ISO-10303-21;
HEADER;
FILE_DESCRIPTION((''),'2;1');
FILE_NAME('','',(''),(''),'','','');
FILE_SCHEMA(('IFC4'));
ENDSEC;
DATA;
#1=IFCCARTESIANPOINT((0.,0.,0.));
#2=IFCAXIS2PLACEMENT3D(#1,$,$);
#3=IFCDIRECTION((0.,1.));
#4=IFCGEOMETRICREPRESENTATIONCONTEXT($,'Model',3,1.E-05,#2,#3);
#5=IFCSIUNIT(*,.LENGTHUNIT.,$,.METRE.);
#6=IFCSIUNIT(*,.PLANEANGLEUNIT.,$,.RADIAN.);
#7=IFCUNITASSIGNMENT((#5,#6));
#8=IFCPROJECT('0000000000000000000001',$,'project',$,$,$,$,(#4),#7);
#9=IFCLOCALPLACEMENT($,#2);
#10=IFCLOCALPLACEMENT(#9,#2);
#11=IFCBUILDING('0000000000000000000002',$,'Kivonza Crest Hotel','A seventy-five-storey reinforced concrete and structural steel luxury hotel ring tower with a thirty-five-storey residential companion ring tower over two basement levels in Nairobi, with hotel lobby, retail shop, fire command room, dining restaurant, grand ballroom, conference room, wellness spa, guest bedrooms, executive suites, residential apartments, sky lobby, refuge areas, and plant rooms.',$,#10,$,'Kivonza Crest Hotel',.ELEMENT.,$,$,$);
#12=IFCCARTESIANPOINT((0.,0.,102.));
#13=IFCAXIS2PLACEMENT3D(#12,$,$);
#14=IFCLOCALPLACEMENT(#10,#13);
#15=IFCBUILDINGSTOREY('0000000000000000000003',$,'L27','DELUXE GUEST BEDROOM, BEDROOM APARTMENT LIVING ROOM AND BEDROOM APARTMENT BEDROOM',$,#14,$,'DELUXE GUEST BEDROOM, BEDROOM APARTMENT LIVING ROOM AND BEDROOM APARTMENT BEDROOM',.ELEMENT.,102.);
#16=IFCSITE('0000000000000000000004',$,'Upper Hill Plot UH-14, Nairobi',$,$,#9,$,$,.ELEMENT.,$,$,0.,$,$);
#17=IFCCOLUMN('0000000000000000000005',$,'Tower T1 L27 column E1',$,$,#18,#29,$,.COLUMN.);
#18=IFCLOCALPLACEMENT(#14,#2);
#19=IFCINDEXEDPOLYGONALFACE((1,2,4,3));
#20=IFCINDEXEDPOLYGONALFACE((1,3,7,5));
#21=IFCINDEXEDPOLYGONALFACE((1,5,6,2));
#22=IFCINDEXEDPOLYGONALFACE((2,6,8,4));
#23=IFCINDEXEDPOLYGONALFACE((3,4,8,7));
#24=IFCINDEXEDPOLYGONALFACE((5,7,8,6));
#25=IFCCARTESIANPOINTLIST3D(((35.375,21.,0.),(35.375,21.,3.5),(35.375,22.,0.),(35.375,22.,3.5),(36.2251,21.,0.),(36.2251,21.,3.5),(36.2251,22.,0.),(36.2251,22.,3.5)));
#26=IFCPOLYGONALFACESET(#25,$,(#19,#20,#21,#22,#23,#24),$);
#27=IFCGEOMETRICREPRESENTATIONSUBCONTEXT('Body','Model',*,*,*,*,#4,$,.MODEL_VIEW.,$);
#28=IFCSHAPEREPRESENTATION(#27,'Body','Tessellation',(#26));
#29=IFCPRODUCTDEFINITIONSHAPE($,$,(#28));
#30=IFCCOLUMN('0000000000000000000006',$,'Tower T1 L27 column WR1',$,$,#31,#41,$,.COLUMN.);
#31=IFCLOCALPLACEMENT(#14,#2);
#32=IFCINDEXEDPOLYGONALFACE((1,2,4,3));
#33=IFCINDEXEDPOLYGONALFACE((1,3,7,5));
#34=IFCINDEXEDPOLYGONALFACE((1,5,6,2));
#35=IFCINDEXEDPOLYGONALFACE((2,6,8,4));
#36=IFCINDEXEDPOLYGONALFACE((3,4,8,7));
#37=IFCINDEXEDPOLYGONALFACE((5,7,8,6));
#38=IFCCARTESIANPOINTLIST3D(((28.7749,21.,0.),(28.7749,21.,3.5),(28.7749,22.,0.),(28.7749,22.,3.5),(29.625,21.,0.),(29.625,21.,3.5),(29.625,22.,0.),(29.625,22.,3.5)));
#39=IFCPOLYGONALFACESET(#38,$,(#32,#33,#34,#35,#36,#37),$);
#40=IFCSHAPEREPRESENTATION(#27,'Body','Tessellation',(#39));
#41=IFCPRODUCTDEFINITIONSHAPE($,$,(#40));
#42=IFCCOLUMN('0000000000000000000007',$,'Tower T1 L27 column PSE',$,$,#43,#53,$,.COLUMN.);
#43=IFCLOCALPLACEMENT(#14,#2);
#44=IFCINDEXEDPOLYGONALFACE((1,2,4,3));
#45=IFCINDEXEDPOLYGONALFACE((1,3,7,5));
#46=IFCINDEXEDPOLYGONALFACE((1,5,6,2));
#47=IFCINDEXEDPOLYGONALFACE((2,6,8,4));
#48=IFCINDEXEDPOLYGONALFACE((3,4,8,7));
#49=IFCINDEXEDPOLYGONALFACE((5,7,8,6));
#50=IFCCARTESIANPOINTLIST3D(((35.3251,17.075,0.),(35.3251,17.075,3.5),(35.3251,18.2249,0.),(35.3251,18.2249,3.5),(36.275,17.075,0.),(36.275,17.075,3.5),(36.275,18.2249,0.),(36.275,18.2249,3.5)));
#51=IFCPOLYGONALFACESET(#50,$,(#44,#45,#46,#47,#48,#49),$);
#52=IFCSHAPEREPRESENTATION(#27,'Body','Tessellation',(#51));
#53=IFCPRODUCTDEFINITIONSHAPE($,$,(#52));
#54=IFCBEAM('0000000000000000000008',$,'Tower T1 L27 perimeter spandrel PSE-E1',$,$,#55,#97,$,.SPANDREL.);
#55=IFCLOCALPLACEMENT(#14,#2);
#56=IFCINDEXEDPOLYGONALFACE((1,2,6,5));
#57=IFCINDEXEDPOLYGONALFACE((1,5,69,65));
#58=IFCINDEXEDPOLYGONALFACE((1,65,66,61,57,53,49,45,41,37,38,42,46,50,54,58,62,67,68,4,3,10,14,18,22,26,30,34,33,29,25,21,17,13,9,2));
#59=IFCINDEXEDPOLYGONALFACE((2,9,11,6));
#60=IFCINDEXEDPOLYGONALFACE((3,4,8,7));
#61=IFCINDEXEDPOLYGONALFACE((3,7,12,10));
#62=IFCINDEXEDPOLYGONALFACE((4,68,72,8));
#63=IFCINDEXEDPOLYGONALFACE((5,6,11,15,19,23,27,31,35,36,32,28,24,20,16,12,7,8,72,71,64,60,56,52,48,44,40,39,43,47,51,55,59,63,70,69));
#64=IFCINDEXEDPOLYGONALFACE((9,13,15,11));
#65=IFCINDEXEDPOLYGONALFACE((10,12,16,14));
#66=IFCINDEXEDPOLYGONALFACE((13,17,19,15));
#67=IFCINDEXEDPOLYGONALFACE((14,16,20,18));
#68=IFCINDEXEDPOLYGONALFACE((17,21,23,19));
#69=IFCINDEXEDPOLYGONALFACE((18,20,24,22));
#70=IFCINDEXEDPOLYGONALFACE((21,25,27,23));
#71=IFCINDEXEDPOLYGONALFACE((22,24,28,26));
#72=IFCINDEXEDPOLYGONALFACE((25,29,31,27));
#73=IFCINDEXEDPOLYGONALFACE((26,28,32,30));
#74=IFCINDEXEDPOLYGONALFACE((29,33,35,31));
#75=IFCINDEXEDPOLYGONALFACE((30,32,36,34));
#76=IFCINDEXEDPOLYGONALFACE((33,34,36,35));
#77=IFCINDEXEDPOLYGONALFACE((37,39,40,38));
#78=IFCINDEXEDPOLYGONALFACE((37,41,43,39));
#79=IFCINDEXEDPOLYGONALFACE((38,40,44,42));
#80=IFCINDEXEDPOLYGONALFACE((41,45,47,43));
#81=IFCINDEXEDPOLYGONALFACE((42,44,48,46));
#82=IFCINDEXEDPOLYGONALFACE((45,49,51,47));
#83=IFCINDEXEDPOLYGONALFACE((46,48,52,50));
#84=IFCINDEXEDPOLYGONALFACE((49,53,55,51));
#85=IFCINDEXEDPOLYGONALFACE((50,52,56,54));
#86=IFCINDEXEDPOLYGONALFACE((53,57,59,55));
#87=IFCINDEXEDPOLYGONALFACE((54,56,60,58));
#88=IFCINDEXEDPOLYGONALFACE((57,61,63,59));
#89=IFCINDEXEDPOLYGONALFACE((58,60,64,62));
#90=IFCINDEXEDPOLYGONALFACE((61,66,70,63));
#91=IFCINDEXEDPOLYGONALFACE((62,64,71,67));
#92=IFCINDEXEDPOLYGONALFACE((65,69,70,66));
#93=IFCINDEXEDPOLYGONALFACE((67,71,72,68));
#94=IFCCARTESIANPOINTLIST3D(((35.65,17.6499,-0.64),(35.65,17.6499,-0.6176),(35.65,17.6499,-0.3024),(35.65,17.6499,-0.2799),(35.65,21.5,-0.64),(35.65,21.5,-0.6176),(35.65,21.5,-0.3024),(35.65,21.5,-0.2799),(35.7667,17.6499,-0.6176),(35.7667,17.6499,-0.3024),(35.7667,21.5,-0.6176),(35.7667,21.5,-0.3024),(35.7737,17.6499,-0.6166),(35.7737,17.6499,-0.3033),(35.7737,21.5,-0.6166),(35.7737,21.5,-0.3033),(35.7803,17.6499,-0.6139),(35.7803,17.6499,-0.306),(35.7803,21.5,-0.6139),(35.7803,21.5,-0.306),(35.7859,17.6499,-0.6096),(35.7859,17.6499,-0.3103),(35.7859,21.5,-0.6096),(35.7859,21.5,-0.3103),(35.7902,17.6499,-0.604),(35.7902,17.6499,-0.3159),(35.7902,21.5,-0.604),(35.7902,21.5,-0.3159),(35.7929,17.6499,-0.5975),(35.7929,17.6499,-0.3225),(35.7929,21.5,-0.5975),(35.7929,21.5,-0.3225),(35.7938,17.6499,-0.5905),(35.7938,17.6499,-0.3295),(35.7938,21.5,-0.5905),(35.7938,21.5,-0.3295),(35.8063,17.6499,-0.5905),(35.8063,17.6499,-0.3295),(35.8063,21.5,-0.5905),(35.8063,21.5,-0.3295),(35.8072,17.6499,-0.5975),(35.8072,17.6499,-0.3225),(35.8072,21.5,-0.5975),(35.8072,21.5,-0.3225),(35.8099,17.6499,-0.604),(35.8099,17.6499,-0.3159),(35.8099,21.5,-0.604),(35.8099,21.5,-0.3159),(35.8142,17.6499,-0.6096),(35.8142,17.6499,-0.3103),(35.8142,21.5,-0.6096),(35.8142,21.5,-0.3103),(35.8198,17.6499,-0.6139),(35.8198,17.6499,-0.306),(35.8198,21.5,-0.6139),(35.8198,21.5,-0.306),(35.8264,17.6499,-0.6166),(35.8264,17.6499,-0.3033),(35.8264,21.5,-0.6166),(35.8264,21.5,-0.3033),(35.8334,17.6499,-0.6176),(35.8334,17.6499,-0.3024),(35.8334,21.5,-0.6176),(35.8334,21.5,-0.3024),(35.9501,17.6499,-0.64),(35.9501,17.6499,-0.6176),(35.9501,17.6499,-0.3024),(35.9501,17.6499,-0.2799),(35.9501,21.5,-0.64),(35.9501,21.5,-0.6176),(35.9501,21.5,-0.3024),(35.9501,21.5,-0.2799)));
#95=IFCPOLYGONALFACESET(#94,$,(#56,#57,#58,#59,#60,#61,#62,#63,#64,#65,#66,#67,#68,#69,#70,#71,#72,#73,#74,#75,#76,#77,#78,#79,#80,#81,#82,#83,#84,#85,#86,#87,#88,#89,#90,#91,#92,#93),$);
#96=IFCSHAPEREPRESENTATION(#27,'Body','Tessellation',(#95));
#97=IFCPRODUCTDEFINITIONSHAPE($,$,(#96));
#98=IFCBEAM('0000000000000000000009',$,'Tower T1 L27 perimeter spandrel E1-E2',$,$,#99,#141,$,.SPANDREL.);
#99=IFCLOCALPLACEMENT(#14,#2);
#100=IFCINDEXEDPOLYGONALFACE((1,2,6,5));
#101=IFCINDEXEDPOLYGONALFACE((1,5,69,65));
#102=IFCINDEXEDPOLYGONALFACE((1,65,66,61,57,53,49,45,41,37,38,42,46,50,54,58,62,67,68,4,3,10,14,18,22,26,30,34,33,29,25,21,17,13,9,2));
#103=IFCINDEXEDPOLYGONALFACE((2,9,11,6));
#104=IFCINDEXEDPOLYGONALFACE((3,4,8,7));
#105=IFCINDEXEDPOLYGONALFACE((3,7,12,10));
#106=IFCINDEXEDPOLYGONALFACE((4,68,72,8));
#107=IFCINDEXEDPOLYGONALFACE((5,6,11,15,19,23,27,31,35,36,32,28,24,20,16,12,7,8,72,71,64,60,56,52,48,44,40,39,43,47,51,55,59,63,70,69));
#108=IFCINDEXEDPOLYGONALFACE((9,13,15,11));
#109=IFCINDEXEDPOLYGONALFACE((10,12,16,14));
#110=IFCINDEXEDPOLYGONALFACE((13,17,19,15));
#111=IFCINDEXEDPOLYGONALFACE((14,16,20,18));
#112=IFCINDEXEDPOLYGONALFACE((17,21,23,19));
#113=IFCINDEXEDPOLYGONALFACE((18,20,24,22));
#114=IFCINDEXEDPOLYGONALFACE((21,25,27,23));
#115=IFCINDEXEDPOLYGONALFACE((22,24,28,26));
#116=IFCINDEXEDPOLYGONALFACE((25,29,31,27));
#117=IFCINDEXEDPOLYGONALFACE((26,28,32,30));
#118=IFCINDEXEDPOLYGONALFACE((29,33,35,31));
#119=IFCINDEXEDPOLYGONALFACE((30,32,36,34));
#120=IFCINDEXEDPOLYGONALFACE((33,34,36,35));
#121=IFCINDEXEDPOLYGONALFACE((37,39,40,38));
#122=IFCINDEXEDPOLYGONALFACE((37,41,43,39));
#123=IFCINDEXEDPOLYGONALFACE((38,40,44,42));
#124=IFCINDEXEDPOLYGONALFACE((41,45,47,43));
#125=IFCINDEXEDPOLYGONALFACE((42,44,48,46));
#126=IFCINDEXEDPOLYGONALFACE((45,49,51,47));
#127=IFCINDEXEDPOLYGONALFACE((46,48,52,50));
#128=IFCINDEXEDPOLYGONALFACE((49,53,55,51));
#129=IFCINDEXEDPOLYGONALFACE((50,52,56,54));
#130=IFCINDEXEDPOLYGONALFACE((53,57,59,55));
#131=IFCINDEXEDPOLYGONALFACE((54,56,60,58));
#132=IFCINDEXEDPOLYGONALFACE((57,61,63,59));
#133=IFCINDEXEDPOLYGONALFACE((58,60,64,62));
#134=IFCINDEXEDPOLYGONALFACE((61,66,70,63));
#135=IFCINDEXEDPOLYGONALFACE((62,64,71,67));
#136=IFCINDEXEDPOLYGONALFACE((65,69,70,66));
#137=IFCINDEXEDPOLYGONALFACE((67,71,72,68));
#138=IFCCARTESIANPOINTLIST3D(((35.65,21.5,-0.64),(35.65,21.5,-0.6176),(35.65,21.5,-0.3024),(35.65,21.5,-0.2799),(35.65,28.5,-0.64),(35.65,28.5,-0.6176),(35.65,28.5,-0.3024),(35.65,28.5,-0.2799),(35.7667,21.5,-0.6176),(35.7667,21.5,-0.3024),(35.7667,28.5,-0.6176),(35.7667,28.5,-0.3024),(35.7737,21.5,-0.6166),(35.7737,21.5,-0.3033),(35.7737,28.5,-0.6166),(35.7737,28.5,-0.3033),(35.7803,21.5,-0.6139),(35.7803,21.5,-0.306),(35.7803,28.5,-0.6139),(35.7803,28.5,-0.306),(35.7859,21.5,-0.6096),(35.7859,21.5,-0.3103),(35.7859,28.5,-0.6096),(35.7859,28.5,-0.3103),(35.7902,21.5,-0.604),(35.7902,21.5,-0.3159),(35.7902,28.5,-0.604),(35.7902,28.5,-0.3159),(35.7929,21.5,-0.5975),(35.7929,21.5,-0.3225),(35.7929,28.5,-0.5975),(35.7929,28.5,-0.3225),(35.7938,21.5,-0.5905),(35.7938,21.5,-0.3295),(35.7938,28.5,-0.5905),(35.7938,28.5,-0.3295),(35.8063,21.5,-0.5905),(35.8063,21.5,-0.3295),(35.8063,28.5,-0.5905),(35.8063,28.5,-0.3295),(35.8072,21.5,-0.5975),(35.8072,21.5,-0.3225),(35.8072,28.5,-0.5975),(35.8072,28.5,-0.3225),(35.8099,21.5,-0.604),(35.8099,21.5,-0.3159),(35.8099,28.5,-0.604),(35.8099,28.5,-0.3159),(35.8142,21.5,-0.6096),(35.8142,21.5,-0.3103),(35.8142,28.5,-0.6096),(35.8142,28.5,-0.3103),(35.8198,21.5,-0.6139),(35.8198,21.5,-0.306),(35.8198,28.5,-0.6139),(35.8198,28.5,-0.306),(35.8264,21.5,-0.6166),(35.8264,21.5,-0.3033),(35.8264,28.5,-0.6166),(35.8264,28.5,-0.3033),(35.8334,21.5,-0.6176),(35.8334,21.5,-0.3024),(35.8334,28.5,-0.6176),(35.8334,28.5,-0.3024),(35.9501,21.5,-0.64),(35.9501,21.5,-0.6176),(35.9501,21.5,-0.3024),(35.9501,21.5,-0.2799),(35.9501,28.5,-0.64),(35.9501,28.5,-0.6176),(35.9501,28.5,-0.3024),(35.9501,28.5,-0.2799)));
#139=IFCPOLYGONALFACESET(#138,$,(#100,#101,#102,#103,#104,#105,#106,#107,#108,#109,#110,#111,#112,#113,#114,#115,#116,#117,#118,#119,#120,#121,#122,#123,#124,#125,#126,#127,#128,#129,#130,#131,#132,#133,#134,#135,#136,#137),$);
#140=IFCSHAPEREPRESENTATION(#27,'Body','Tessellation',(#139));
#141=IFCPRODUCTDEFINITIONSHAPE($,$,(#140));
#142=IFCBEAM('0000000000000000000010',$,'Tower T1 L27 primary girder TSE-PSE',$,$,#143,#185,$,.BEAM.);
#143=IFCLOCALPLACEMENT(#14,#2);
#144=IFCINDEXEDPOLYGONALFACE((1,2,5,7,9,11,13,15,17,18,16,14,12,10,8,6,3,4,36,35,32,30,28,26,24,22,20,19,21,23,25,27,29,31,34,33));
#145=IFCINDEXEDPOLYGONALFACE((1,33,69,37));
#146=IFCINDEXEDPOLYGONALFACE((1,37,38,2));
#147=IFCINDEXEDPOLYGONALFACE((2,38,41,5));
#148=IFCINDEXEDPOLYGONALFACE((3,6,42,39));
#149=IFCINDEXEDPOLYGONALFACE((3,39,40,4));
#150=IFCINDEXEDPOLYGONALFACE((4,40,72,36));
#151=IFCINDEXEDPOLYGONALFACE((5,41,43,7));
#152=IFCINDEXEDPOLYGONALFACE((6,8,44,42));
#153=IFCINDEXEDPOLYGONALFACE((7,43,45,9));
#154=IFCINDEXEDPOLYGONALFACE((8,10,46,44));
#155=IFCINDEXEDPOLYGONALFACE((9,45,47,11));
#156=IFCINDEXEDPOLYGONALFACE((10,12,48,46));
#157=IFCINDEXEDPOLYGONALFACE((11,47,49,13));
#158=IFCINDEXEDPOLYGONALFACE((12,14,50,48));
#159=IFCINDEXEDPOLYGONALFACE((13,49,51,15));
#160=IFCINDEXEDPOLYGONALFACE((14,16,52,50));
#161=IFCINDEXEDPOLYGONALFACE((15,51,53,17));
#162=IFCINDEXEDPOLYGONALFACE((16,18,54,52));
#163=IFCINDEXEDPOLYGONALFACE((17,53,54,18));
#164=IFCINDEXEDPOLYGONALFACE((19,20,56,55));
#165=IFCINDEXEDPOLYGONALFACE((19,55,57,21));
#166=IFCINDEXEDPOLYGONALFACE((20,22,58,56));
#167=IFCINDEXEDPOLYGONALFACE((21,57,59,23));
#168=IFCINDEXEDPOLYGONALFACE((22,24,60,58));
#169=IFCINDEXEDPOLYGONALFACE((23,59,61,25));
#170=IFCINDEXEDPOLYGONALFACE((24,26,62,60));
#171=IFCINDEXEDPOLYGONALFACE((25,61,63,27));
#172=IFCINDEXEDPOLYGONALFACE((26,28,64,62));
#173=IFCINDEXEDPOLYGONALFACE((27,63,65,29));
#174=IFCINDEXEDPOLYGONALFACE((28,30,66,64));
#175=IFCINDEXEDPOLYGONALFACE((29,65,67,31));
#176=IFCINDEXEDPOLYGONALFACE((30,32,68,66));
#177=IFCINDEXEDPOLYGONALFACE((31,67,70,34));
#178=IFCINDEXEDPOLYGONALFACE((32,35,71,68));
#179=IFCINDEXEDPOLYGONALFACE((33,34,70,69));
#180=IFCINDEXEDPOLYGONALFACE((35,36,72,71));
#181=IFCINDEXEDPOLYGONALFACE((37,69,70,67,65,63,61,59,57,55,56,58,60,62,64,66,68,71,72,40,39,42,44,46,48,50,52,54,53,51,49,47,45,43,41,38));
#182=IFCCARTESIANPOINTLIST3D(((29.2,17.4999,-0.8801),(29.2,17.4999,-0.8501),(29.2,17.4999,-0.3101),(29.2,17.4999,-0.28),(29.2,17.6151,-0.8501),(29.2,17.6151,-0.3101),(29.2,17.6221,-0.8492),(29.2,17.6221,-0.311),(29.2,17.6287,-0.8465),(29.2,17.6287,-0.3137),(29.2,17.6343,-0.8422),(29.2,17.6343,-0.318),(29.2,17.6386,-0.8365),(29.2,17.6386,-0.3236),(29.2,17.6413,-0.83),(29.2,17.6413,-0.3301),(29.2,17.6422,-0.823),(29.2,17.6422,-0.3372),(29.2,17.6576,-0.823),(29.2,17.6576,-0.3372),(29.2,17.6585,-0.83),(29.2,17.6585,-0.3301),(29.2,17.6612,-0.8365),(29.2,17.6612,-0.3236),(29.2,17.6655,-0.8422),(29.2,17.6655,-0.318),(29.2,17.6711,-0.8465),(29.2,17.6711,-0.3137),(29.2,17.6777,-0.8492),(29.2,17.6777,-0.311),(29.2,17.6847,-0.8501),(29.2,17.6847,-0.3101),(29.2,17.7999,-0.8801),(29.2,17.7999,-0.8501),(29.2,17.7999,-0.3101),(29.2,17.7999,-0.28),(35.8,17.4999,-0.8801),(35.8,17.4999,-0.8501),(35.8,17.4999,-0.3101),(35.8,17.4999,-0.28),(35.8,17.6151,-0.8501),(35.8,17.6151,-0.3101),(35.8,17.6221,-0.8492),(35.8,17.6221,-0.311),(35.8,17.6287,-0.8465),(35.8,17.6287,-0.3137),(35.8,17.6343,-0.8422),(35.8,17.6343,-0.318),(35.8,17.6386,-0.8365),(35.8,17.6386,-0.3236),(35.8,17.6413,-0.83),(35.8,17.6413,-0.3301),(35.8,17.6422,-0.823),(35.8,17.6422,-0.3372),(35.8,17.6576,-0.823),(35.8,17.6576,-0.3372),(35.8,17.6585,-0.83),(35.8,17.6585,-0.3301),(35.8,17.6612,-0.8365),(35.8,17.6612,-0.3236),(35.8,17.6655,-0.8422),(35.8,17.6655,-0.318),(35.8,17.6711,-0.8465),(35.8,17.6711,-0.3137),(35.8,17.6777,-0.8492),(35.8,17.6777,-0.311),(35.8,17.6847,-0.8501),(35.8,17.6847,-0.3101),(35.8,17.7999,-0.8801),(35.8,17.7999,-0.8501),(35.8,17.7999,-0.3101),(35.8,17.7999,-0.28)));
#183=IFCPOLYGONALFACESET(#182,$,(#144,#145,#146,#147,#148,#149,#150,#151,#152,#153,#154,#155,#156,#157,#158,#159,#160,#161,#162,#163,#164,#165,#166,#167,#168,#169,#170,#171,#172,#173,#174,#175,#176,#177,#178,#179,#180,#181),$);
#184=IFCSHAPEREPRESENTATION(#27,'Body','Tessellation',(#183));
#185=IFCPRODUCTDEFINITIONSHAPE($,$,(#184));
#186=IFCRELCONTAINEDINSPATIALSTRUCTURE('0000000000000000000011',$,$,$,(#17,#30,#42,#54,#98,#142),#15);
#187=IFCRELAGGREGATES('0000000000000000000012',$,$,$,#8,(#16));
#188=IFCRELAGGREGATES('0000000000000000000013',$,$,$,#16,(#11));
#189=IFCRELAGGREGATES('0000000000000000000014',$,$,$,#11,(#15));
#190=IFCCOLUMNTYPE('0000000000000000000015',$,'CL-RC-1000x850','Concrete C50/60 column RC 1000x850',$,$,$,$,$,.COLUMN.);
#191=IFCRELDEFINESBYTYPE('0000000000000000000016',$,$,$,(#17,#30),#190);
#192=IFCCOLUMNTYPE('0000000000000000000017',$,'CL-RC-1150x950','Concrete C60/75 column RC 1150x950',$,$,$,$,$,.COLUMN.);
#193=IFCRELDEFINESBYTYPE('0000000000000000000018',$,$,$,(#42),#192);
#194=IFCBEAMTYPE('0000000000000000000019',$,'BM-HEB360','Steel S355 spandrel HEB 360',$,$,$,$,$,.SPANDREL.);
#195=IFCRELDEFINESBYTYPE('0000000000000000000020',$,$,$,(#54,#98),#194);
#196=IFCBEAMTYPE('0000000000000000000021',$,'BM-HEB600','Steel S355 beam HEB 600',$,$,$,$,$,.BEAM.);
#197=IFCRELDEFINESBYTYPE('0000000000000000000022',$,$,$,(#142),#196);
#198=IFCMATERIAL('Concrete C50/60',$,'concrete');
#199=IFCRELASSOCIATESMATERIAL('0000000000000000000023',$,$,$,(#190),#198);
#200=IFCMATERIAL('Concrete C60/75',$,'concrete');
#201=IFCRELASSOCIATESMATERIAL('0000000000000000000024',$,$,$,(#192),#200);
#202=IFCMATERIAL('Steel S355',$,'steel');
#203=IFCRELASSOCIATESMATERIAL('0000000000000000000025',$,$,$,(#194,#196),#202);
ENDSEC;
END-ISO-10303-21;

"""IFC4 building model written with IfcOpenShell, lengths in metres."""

from ifc_helpers import new_model, si_unit, direction, frame, origin, origin_2d, place, context, subcontext, project, spatial, rectangle, i_section, extrude, material, material_profile, profile_set, type_object, element, save


model = new_model("IFC4")

# Units and contexts
model_context = context("Model", 3, precision=1e-05, world=origin(), true_north=direction((0.0, 1.0)))
body_context = subcontext(model_context, "Body", "Model", "MODEL_VIEW")
ifc_project = project(units=[si_unit("LENGTHUNIT", "METRE"), si_unit("PLANEANGLEUNIT", "RADIAN")], contexts=[model_context])

# Site, building, storey
site_placement = place(None, origin())
site = spatial("IfcSite", under=ifc_project, at=site_placement, Name="Upper Hill Plot UH-14, Nairobi", CompositionType="ELEMENT", RefElevation=0.0)
building_placement = place(site_placement, origin())
building = spatial("IfcBuilding", under=site, at=building_placement, Name="Kivonza Crest Hotel", Description="A seventy-five-storey reinforced concrete and structural steel luxury hotel ring tower with a thirty-five-storey residential companion ring tower over two basement levels in Nairobi, with hotel lobby, retail shop, fire command room, dining restaurant, grand ballroom, conference room, wellness spa, guest bedrooms, executive suites, residential apartments, sky lobby, refuge areas, and plant rooms.", LongName="Kivonza Crest Hotel", CompositionType="ELEMENT")
storey_placement = place(building_placement, frame((0.0, 0.0, 102.0)))
storey = spatial("IfcBuildingStorey", under=building, at=storey_placement, Name="L27", Description="DELUXE GUEST BEDROOM, BEDROOM APARTMENT LIVING ROOM AND BEDROOM APARTMENT BEDROOM", LongName="DELUXE GUEST BEDROOM, BEDROOM APARTMENT LIVING ROOM AND BEDROOM APARTMENT BEDROOM", CompositionType="ELEMENT", Elevation=102.0)

# Columns
ifc_material_1 = material(Name="Concrete C50/60", Category="concrete")
ifc_material_profile_1 = material_profile(ifc_material_1, rectangle(XDim=0.8501, YDim=1.0, at=origin_2d()), Name="RC 1000x850")
ifc_profile_set_1 = profile_set([ifc_material_profile_1], Name="Concrete C50/60")
column_type_1 = type_object("IfcColumnType", Name="CL-RC-1000x850", Description="Concrete C50/60 column RC 1000x850", PredefinedType="COLUMN", material=ifc_profile_set_1)
for number, where, z_axis, x_axis, name in (
    (1, (35.8, 21.5, 0.0), (0.0, 0.0, 1.0), (1.0, 0.0, 0.0), "Tower T1 L27 column E1"),
    (2, (29.2, 21.5, 0.0), (0.0, 0.0, 1.0), (1.0, 0.0, 0.0), "Tower T1 L27 column WR1"),
):
    element("IfcColumn", number, at=place(storey_placement, frame(where, z_axis=z_axis, x_axis=x_axis)), inside=storey, type_object=column_type_1, Name=name, PredefinedType="COLUMN", context=body_context, shape_type="SweptSolid", body=[
        extrude(rectangle(XDim=0.8501, YDim=1.0, at=origin_2d()), origin(), (0.0, 0.0, 1.0), 3.5),
    ])
ifc_material_2 = material(Name="Concrete C60/75", Category="concrete")
ifc_material_profile_2 = material_profile(ifc_material_2, rectangle(XDim=0.95, YDim=1.1499, at=origin_2d()), Name="RC 1150x950")
ifc_profile_set_2 = profile_set([ifc_material_profile_2], Name="Concrete C60/75")
column_type_2 = type_object("IfcColumnType", Name="CL-RC-1150x950", Description="Concrete C60/75 column RC 1150x950", PredefinedType="COLUMN", material=ifc_profile_set_2)
column_placement = place(storey_placement, frame((35.8, 17.6499, 0.0), z_axis=(0.0, 0.0, 1.0), x_axis=(1.0, 0.0, 0.0)))
element("IfcColumn", 3, at=column_placement, inside=storey, type_object=column_type_2, Name="Tower T1 L27 column PSE", PredefinedType="COLUMN", context=body_context, shape_type="SweptSolid", body=[
    extrude(rectangle(XDim=0.95, YDim=1.1499, at=origin_2d()), origin(), (0.0, 0.0, 1.0), 3.5),
])

# Beams
ifc_material_3 = material(Name="Steel S355", Category="steel")
ifc_material_profile_3 = material_profile(ifc_material_3, i_section(OverallWidth=0.3, OverallDepth=0.3601, WebThickness=0.0125, FlangeThickness=0.0225, FilletRadius=0.0271, at=origin_2d()), Name="HEB 360")
ifc_profile_set_3 = profile_set([ifc_material_profile_3], Name="Steel S355")
beam_type_1 = type_object("IfcBeamType", Name="BM-HEB360", Description="Steel S355 spandrel HEB 360", PredefinedType="SPANDREL", material=ifc_profile_set_3)
beam_1_placement = place(storey_placement, frame((35.8, 17.6499, -0.46), z_axis=(0.0, 1.0, 0.0), x_axis=(-1.0, 0.0, 0.0)))
element("IfcBeam", 4, at=beam_1_placement, inside=storey, type_object=beam_type_1, Name="Tower T1 L27 perimeter spandrel PSE-E1", PredefinedType="SPANDREL", context=body_context, shape_type="SweptSolid", body=[
    extrude(i_section(OverallWidth=0.3, OverallDepth=0.3601, WebThickness=0.0125, FlangeThickness=0.0225, FilletRadius=0.0271, at=origin_2d()), origin(), (0.0, 0.0, 1.0), 3.8501),
])
beam_2_placement = place(storey_placement, frame((35.8, 21.5, -0.46), z_axis=(0.0, 1.0, 0.0), x_axis=(-1.0, 0.0, 0.0)))
element("IfcBeam", 5, at=beam_2_placement, inside=storey, type_object=beam_type_1, Name="Tower T1 L27 perimeter spandrel E1-E2", PredefinedType="SPANDREL", context=body_context, shape_type="SweptSolid", body=[
    extrude(i_section(OverallWidth=0.3, OverallDepth=0.3601, WebThickness=0.0125, FlangeThickness=0.0225, FilletRadius=0.0271, at=origin_2d()), origin(), (0.0, 0.0, 1.0), 7.0),
])
ifc_material_profile_4 = material_profile(ifc_material_3, i_section(OverallWidth=0.3, OverallDepth=0.6001, WebThickness=0.0154, FlangeThickness=0.03, FilletRadius=0.0271, at=origin_2d()), Name="HEB 600")
ifc_profile_set_4 = profile_set([ifc_material_profile_4], Name="Steel S355")
beam_type_2 = type_object("IfcBeamType", Name="BM-HEB600", Description="Steel S355 beam HEB 600", PredefinedType="BEAM", material=ifc_profile_set_4)
beam_3_placement = place(storey_placement, frame((29.2, 17.6499, -0.5801), z_axis=(1.0, 0.0, 0.0), x_axis=(0.0, 1.0, 0.0)))
element("IfcBeam", 6, at=beam_3_placement, inside=storey, type_object=beam_type_2, Name="Tower T1 L27 primary girder TSE-PSE", PredefinedType="BEAM", context=body_context, shape_type="SweptSolid", body=[
    extrude(i_section(OverallWidth=0.3, OverallDepth=0.6001, WebThickness=0.0154, FlangeThickness=0.03, FilletRadius=0.0271, at=origin_2d()), origin(), (0.0, 0.0, 1.0), 6.6001),
])

save(model, "model.ifc")
